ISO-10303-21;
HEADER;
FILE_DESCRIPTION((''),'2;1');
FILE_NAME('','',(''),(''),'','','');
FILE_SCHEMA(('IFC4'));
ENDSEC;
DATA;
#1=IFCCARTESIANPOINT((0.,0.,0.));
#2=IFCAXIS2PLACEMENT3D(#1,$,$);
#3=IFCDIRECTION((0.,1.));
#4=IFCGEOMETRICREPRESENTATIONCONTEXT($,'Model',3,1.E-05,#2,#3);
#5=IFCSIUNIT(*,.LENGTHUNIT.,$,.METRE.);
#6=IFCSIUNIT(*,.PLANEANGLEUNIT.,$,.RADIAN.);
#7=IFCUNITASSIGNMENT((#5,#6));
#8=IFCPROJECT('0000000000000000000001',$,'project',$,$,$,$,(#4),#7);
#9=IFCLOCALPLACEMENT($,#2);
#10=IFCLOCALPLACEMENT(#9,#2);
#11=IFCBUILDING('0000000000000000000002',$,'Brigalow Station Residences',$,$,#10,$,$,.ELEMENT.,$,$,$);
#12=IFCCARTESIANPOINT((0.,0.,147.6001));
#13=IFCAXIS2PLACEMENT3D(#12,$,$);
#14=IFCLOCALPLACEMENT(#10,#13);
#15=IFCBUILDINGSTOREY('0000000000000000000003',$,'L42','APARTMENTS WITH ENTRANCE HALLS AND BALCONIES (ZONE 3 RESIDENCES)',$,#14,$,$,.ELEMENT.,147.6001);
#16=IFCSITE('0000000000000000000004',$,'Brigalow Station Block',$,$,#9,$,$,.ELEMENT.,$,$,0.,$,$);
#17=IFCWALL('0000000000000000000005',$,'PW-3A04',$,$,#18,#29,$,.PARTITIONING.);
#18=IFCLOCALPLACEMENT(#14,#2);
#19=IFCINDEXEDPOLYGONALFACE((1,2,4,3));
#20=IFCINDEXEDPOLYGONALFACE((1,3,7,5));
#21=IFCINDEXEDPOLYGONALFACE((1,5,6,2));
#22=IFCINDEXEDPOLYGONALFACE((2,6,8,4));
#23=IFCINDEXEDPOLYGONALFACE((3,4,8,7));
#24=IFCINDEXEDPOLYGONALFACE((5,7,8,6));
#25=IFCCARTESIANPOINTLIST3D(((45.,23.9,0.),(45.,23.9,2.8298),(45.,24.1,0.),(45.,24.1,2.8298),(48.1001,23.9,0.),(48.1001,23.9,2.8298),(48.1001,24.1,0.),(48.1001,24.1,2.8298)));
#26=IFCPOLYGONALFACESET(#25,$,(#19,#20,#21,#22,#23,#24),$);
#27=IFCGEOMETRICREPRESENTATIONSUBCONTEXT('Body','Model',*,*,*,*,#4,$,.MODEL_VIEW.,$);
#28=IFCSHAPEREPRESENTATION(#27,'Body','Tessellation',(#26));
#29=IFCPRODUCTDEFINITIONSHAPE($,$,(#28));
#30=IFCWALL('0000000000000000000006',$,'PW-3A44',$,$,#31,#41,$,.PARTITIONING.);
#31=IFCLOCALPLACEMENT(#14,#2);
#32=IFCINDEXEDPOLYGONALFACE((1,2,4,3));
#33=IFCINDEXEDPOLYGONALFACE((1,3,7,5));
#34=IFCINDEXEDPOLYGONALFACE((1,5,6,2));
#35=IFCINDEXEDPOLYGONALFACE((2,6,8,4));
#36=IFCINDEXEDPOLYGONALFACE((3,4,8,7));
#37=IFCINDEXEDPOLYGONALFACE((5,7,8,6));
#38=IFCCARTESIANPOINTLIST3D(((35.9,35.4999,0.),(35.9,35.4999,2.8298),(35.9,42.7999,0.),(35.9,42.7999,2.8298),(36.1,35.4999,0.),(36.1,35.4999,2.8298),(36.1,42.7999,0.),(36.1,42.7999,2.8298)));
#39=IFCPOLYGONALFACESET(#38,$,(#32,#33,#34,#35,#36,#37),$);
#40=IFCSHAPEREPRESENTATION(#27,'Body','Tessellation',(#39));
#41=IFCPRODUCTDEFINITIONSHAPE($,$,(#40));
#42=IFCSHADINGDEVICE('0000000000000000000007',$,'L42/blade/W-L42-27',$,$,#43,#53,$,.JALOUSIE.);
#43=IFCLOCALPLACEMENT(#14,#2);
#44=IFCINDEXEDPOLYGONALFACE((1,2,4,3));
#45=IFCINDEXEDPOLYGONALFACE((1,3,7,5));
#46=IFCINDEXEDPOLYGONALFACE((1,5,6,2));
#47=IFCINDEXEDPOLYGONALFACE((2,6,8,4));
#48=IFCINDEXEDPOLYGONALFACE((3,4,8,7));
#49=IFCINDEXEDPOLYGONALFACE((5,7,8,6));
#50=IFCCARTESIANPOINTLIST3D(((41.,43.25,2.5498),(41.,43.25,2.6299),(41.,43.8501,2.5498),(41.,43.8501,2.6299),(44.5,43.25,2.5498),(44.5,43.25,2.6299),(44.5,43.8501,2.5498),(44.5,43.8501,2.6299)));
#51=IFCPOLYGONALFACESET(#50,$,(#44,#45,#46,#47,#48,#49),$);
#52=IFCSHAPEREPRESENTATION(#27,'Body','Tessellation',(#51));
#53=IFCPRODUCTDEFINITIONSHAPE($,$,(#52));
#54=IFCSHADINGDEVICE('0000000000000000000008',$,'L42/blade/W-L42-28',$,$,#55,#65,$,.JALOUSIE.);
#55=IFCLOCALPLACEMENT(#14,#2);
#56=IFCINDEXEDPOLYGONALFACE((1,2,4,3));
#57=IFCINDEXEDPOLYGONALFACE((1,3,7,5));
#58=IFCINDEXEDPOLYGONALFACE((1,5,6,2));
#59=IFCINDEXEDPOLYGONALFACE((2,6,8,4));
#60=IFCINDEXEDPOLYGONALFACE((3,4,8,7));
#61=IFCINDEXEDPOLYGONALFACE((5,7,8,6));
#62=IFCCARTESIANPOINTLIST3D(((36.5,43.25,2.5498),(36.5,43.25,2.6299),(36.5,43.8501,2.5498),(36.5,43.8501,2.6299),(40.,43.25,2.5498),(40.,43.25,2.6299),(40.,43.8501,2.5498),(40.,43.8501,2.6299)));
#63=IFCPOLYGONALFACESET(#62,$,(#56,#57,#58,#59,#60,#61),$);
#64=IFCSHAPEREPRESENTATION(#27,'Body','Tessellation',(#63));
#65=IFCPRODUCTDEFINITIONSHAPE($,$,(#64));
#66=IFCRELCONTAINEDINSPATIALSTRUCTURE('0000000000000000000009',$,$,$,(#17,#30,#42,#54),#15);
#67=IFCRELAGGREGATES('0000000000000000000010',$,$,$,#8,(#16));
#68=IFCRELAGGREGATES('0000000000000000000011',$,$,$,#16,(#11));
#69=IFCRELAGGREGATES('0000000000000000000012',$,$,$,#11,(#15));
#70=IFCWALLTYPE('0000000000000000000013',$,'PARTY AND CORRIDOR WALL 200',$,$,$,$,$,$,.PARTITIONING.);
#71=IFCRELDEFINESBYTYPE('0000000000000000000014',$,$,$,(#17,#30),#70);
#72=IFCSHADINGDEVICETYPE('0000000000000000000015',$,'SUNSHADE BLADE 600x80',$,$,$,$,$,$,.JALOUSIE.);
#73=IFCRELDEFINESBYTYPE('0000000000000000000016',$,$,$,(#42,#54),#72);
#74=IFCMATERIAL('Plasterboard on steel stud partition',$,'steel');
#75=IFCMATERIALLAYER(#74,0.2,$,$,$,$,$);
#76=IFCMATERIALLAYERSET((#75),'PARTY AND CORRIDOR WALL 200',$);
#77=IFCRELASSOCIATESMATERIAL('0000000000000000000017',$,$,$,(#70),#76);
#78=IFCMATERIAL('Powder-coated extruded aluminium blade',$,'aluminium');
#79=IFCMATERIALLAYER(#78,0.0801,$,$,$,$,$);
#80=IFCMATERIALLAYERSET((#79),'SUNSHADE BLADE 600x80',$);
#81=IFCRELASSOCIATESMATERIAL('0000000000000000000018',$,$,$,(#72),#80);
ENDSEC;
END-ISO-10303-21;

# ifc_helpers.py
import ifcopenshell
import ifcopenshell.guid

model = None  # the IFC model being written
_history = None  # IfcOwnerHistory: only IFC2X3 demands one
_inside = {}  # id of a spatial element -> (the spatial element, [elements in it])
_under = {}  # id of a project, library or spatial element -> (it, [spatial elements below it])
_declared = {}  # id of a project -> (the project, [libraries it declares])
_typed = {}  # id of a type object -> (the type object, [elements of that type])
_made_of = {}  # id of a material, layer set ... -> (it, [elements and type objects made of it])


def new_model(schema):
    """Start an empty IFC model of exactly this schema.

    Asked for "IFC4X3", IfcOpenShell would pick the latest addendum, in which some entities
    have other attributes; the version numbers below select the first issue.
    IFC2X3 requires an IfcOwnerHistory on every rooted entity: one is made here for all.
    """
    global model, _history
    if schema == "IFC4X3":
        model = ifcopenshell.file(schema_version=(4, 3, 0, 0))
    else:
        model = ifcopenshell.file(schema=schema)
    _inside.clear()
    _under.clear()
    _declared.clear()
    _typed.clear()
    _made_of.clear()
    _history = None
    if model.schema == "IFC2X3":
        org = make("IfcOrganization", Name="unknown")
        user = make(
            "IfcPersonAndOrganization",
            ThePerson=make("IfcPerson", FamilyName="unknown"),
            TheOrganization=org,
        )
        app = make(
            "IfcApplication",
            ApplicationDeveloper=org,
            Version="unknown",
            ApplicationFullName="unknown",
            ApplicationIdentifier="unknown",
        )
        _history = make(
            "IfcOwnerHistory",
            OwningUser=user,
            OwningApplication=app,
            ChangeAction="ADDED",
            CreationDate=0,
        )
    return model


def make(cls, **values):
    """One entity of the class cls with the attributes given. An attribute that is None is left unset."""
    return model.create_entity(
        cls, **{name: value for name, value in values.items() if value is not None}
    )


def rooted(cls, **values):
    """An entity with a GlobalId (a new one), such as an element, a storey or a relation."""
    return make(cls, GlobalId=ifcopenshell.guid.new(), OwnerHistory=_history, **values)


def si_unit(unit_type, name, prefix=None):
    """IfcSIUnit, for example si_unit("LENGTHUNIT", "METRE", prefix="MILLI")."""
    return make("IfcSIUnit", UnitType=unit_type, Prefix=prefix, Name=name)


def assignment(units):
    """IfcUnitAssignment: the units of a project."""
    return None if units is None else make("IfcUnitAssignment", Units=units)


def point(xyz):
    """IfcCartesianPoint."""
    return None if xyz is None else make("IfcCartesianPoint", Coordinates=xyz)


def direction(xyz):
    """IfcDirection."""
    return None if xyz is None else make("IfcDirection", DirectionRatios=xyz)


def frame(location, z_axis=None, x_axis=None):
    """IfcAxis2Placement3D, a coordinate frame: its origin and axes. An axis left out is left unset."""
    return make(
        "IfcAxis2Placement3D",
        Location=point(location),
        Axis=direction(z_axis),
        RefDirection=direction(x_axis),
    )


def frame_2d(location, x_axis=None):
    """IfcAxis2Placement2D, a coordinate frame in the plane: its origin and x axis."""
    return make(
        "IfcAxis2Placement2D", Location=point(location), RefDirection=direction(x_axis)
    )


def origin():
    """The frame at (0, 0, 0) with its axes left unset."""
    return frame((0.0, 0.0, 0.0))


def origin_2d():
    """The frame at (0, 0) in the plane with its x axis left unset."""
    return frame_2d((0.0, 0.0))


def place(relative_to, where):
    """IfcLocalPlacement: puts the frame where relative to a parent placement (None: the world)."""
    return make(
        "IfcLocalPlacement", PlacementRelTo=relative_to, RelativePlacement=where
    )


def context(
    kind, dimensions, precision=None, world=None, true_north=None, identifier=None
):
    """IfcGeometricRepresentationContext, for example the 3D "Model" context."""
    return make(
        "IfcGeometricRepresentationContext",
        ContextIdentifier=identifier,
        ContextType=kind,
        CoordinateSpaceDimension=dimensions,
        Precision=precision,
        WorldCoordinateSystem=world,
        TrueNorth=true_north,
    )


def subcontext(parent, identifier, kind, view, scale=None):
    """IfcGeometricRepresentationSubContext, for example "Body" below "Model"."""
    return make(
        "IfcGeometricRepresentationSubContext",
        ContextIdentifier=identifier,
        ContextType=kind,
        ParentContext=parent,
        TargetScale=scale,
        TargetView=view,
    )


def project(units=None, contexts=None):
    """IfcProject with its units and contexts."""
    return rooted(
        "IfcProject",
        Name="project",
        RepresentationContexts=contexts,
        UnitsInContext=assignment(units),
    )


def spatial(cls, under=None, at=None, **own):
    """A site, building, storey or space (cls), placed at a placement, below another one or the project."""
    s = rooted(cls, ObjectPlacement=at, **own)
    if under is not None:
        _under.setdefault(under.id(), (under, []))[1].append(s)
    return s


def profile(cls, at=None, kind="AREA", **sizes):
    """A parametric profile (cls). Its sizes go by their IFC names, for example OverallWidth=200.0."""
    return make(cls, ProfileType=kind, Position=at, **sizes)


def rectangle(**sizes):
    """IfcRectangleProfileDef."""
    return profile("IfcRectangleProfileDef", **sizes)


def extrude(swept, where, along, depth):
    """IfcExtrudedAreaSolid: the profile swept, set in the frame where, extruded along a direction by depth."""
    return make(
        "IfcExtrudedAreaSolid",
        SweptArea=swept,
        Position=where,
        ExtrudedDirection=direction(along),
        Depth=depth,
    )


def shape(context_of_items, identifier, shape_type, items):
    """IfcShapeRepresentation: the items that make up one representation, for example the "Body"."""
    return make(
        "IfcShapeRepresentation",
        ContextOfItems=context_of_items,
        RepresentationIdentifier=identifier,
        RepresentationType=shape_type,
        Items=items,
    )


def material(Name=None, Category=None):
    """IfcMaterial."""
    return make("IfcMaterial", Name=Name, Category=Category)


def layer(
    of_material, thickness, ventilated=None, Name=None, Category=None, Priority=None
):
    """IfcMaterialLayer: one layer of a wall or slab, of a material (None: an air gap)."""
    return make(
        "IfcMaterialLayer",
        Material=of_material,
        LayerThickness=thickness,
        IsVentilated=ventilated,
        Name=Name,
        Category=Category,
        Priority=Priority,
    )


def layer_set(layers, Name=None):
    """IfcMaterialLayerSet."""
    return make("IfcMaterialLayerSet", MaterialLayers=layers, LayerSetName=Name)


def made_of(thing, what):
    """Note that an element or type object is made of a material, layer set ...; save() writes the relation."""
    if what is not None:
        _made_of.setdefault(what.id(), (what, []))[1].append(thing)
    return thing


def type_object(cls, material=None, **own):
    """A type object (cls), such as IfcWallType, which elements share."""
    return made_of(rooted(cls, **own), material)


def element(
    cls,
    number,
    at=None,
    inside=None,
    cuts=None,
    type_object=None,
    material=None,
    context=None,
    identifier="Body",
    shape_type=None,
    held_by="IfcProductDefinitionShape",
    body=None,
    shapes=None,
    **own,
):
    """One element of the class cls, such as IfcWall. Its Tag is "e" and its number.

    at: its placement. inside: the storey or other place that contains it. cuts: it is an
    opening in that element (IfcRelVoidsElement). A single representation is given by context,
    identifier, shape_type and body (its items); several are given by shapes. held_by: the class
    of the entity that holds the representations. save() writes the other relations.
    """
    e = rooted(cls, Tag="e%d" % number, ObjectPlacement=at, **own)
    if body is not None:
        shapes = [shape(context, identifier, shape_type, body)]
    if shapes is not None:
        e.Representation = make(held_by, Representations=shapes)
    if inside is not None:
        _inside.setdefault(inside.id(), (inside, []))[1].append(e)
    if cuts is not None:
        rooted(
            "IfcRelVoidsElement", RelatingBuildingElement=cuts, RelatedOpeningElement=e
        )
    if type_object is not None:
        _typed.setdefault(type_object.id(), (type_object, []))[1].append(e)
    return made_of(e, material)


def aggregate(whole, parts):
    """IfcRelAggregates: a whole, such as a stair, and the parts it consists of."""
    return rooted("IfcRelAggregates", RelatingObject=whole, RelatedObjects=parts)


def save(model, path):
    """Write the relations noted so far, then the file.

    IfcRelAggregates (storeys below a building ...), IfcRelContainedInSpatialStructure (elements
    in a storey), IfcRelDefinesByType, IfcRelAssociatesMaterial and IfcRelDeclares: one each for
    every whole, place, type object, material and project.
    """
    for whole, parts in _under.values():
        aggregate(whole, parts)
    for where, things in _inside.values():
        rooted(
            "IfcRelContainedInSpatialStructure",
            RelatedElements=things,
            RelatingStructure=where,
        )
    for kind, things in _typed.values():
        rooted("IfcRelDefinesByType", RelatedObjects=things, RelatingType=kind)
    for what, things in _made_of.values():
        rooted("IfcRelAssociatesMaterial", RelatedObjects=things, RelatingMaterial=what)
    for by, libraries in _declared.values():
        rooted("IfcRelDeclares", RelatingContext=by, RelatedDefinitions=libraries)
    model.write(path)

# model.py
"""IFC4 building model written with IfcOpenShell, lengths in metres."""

from ifc_helpers import new_model, si_unit, direction, frame, frame_2d, origin, origin_2d, place, context, subcontext, project, spatial, rectangle, extrude, material, layer, layer_set, type_object, element, save


model = new_model("IFC4")

# Units and contexts
model_context = context("Model", 3, precision=1e-05, world=origin(), true_north=direction((0.0, 1.0)))
body_context = subcontext(model_context, "Body", "Model", "MODEL_VIEW")
ifc_project = project(units=[si_unit("LENGTHUNIT", "METRE"), si_unit("PLANEANGLEUNIT", "RADIAN")], contexts=[model_context])

# Site, building, storey
site_placement = place(None, origin())
site = spatial("IfcSite", under=ifc_project, at=site_placement, Name="Brigalow Station Block", CompositionType="ELEMENT", RefElevation=0.0)
building_placement = place(site_placement, origin())
building = spatial("IfcBuilding", under=site, at=building_placement, Name="Brigalow Station Residences", CompositionType="ELEMENT")
storey_placement = place(building_placement, frame((0.0, 0.0, 147.6001)))
storey = spatial("IfcBuildingStorey", under=building, at=storey_placement, Name="L42", Description="APARTMENTS WITH ENTRANCE HALLS AND BALCONIES (ZONE 3 RESIDENCES)", CompositionType="ELEMENT", Elevation=147.6001)

# Walls
ifc_material_1 = material(Name="Plasterboard on steel stud partition", Category="steel")
ifc_layer_1 = layer(ifc_material_1, 0.2)
ifc_layer_set_1 = layer_set([ifc_layer_1], Name="PARTY AND CORRIDOR WALL 200")
wall_type_1 = type_object("IfcWallType", Name="PARTY AND CORRIDOR WALL 200", PredefinedType="PARTITIONING", material=ifc_layer_set_1)
wall_1_placement = place(storey_placement, frame((45.0, 24.0, 0.0), z_axis=(0.0, 0.0, 1.0), x_axis=(1.0, 0.0, 0.0)))
element("IfcWall", 1, at=wall_1_placement, inside=storey, type_object=wall_type_1, Name="PW-3A04", PredefinedType="PARTITIONING", context=body_context, shape_type="SweptSolid", body=[
    extrude(rectangle(XDim=3.1001, YDim=0.2, at=frame_2d((1.55, 0.0))), origin(), (0.0, 0.0, 1.0), 2.8298),
])
wall_2_placement = place(storey_placement, frame((36.0, 35.5, 0.0), z_axis=(0.0, 0.0, 1.0), x_axis=(0.0, 1.0, 0.0)))
element("IfcWall", 2, at=wall_2_placement, inside=storey, type_object=wall_type_1, Name="PW-3A44", PredefinedType="PARTITIONING", context=body_context, shape_type="SweptSolid", body=[
    extrude(rectangle(XDim=7.3, YDim=0.2, at=frame_2d((3.6499, 0.0))), origin(), (0.0, 0.0, 1.0), 2.8298),
])

# Shading devices
ifc_material_2 = material(Name="Powder-coated extruded aluminium blade", Category="aluminium")
ifc_layer_2 = layer(ifc_material_2, 0.0801)
ifc_layer_set_2 = layer_set([ifc_layer_2], Name="SUNSHADE BLADE 600x80")
shading_device_type = type_object("IfcShadingDeviceType", Name="SUNSHADE BLADE 600x80", PredefinedType="JALOUSIE", material=ifc_layer_set_2)
for number, where, z_axis, x_axis, name in (
    (3, (42.75, 43.55, 2.5498), (0.0, 0.0, 1.0), (-1.0, 0.0, 0.0), "L42/blade/W-L42-27"),
    (4, (38.25, 43.55, 2.5498), (0.0, 0.0, 1.0), (-1.0, 0.0, 0.0), "L42/blade/W-L42-28"),
):
    element("IfcShadingDevice", number, at=place(storey_placement, frame(where, z_axis=z_axis, x_axis=x_axis)), inside=storey, type_object=shading_device_type, Name=name, PredefinedType="JALOUSIE", context=body_context, shape_type="SweptSolid", body=[
        extrude(rectangle(XDim=3.5, YDim=0.6001, at=origin_2d()), origin(), (0.0, 0.0, 1.0), 0.0801),
    ])

save(model, "model.ifc")
